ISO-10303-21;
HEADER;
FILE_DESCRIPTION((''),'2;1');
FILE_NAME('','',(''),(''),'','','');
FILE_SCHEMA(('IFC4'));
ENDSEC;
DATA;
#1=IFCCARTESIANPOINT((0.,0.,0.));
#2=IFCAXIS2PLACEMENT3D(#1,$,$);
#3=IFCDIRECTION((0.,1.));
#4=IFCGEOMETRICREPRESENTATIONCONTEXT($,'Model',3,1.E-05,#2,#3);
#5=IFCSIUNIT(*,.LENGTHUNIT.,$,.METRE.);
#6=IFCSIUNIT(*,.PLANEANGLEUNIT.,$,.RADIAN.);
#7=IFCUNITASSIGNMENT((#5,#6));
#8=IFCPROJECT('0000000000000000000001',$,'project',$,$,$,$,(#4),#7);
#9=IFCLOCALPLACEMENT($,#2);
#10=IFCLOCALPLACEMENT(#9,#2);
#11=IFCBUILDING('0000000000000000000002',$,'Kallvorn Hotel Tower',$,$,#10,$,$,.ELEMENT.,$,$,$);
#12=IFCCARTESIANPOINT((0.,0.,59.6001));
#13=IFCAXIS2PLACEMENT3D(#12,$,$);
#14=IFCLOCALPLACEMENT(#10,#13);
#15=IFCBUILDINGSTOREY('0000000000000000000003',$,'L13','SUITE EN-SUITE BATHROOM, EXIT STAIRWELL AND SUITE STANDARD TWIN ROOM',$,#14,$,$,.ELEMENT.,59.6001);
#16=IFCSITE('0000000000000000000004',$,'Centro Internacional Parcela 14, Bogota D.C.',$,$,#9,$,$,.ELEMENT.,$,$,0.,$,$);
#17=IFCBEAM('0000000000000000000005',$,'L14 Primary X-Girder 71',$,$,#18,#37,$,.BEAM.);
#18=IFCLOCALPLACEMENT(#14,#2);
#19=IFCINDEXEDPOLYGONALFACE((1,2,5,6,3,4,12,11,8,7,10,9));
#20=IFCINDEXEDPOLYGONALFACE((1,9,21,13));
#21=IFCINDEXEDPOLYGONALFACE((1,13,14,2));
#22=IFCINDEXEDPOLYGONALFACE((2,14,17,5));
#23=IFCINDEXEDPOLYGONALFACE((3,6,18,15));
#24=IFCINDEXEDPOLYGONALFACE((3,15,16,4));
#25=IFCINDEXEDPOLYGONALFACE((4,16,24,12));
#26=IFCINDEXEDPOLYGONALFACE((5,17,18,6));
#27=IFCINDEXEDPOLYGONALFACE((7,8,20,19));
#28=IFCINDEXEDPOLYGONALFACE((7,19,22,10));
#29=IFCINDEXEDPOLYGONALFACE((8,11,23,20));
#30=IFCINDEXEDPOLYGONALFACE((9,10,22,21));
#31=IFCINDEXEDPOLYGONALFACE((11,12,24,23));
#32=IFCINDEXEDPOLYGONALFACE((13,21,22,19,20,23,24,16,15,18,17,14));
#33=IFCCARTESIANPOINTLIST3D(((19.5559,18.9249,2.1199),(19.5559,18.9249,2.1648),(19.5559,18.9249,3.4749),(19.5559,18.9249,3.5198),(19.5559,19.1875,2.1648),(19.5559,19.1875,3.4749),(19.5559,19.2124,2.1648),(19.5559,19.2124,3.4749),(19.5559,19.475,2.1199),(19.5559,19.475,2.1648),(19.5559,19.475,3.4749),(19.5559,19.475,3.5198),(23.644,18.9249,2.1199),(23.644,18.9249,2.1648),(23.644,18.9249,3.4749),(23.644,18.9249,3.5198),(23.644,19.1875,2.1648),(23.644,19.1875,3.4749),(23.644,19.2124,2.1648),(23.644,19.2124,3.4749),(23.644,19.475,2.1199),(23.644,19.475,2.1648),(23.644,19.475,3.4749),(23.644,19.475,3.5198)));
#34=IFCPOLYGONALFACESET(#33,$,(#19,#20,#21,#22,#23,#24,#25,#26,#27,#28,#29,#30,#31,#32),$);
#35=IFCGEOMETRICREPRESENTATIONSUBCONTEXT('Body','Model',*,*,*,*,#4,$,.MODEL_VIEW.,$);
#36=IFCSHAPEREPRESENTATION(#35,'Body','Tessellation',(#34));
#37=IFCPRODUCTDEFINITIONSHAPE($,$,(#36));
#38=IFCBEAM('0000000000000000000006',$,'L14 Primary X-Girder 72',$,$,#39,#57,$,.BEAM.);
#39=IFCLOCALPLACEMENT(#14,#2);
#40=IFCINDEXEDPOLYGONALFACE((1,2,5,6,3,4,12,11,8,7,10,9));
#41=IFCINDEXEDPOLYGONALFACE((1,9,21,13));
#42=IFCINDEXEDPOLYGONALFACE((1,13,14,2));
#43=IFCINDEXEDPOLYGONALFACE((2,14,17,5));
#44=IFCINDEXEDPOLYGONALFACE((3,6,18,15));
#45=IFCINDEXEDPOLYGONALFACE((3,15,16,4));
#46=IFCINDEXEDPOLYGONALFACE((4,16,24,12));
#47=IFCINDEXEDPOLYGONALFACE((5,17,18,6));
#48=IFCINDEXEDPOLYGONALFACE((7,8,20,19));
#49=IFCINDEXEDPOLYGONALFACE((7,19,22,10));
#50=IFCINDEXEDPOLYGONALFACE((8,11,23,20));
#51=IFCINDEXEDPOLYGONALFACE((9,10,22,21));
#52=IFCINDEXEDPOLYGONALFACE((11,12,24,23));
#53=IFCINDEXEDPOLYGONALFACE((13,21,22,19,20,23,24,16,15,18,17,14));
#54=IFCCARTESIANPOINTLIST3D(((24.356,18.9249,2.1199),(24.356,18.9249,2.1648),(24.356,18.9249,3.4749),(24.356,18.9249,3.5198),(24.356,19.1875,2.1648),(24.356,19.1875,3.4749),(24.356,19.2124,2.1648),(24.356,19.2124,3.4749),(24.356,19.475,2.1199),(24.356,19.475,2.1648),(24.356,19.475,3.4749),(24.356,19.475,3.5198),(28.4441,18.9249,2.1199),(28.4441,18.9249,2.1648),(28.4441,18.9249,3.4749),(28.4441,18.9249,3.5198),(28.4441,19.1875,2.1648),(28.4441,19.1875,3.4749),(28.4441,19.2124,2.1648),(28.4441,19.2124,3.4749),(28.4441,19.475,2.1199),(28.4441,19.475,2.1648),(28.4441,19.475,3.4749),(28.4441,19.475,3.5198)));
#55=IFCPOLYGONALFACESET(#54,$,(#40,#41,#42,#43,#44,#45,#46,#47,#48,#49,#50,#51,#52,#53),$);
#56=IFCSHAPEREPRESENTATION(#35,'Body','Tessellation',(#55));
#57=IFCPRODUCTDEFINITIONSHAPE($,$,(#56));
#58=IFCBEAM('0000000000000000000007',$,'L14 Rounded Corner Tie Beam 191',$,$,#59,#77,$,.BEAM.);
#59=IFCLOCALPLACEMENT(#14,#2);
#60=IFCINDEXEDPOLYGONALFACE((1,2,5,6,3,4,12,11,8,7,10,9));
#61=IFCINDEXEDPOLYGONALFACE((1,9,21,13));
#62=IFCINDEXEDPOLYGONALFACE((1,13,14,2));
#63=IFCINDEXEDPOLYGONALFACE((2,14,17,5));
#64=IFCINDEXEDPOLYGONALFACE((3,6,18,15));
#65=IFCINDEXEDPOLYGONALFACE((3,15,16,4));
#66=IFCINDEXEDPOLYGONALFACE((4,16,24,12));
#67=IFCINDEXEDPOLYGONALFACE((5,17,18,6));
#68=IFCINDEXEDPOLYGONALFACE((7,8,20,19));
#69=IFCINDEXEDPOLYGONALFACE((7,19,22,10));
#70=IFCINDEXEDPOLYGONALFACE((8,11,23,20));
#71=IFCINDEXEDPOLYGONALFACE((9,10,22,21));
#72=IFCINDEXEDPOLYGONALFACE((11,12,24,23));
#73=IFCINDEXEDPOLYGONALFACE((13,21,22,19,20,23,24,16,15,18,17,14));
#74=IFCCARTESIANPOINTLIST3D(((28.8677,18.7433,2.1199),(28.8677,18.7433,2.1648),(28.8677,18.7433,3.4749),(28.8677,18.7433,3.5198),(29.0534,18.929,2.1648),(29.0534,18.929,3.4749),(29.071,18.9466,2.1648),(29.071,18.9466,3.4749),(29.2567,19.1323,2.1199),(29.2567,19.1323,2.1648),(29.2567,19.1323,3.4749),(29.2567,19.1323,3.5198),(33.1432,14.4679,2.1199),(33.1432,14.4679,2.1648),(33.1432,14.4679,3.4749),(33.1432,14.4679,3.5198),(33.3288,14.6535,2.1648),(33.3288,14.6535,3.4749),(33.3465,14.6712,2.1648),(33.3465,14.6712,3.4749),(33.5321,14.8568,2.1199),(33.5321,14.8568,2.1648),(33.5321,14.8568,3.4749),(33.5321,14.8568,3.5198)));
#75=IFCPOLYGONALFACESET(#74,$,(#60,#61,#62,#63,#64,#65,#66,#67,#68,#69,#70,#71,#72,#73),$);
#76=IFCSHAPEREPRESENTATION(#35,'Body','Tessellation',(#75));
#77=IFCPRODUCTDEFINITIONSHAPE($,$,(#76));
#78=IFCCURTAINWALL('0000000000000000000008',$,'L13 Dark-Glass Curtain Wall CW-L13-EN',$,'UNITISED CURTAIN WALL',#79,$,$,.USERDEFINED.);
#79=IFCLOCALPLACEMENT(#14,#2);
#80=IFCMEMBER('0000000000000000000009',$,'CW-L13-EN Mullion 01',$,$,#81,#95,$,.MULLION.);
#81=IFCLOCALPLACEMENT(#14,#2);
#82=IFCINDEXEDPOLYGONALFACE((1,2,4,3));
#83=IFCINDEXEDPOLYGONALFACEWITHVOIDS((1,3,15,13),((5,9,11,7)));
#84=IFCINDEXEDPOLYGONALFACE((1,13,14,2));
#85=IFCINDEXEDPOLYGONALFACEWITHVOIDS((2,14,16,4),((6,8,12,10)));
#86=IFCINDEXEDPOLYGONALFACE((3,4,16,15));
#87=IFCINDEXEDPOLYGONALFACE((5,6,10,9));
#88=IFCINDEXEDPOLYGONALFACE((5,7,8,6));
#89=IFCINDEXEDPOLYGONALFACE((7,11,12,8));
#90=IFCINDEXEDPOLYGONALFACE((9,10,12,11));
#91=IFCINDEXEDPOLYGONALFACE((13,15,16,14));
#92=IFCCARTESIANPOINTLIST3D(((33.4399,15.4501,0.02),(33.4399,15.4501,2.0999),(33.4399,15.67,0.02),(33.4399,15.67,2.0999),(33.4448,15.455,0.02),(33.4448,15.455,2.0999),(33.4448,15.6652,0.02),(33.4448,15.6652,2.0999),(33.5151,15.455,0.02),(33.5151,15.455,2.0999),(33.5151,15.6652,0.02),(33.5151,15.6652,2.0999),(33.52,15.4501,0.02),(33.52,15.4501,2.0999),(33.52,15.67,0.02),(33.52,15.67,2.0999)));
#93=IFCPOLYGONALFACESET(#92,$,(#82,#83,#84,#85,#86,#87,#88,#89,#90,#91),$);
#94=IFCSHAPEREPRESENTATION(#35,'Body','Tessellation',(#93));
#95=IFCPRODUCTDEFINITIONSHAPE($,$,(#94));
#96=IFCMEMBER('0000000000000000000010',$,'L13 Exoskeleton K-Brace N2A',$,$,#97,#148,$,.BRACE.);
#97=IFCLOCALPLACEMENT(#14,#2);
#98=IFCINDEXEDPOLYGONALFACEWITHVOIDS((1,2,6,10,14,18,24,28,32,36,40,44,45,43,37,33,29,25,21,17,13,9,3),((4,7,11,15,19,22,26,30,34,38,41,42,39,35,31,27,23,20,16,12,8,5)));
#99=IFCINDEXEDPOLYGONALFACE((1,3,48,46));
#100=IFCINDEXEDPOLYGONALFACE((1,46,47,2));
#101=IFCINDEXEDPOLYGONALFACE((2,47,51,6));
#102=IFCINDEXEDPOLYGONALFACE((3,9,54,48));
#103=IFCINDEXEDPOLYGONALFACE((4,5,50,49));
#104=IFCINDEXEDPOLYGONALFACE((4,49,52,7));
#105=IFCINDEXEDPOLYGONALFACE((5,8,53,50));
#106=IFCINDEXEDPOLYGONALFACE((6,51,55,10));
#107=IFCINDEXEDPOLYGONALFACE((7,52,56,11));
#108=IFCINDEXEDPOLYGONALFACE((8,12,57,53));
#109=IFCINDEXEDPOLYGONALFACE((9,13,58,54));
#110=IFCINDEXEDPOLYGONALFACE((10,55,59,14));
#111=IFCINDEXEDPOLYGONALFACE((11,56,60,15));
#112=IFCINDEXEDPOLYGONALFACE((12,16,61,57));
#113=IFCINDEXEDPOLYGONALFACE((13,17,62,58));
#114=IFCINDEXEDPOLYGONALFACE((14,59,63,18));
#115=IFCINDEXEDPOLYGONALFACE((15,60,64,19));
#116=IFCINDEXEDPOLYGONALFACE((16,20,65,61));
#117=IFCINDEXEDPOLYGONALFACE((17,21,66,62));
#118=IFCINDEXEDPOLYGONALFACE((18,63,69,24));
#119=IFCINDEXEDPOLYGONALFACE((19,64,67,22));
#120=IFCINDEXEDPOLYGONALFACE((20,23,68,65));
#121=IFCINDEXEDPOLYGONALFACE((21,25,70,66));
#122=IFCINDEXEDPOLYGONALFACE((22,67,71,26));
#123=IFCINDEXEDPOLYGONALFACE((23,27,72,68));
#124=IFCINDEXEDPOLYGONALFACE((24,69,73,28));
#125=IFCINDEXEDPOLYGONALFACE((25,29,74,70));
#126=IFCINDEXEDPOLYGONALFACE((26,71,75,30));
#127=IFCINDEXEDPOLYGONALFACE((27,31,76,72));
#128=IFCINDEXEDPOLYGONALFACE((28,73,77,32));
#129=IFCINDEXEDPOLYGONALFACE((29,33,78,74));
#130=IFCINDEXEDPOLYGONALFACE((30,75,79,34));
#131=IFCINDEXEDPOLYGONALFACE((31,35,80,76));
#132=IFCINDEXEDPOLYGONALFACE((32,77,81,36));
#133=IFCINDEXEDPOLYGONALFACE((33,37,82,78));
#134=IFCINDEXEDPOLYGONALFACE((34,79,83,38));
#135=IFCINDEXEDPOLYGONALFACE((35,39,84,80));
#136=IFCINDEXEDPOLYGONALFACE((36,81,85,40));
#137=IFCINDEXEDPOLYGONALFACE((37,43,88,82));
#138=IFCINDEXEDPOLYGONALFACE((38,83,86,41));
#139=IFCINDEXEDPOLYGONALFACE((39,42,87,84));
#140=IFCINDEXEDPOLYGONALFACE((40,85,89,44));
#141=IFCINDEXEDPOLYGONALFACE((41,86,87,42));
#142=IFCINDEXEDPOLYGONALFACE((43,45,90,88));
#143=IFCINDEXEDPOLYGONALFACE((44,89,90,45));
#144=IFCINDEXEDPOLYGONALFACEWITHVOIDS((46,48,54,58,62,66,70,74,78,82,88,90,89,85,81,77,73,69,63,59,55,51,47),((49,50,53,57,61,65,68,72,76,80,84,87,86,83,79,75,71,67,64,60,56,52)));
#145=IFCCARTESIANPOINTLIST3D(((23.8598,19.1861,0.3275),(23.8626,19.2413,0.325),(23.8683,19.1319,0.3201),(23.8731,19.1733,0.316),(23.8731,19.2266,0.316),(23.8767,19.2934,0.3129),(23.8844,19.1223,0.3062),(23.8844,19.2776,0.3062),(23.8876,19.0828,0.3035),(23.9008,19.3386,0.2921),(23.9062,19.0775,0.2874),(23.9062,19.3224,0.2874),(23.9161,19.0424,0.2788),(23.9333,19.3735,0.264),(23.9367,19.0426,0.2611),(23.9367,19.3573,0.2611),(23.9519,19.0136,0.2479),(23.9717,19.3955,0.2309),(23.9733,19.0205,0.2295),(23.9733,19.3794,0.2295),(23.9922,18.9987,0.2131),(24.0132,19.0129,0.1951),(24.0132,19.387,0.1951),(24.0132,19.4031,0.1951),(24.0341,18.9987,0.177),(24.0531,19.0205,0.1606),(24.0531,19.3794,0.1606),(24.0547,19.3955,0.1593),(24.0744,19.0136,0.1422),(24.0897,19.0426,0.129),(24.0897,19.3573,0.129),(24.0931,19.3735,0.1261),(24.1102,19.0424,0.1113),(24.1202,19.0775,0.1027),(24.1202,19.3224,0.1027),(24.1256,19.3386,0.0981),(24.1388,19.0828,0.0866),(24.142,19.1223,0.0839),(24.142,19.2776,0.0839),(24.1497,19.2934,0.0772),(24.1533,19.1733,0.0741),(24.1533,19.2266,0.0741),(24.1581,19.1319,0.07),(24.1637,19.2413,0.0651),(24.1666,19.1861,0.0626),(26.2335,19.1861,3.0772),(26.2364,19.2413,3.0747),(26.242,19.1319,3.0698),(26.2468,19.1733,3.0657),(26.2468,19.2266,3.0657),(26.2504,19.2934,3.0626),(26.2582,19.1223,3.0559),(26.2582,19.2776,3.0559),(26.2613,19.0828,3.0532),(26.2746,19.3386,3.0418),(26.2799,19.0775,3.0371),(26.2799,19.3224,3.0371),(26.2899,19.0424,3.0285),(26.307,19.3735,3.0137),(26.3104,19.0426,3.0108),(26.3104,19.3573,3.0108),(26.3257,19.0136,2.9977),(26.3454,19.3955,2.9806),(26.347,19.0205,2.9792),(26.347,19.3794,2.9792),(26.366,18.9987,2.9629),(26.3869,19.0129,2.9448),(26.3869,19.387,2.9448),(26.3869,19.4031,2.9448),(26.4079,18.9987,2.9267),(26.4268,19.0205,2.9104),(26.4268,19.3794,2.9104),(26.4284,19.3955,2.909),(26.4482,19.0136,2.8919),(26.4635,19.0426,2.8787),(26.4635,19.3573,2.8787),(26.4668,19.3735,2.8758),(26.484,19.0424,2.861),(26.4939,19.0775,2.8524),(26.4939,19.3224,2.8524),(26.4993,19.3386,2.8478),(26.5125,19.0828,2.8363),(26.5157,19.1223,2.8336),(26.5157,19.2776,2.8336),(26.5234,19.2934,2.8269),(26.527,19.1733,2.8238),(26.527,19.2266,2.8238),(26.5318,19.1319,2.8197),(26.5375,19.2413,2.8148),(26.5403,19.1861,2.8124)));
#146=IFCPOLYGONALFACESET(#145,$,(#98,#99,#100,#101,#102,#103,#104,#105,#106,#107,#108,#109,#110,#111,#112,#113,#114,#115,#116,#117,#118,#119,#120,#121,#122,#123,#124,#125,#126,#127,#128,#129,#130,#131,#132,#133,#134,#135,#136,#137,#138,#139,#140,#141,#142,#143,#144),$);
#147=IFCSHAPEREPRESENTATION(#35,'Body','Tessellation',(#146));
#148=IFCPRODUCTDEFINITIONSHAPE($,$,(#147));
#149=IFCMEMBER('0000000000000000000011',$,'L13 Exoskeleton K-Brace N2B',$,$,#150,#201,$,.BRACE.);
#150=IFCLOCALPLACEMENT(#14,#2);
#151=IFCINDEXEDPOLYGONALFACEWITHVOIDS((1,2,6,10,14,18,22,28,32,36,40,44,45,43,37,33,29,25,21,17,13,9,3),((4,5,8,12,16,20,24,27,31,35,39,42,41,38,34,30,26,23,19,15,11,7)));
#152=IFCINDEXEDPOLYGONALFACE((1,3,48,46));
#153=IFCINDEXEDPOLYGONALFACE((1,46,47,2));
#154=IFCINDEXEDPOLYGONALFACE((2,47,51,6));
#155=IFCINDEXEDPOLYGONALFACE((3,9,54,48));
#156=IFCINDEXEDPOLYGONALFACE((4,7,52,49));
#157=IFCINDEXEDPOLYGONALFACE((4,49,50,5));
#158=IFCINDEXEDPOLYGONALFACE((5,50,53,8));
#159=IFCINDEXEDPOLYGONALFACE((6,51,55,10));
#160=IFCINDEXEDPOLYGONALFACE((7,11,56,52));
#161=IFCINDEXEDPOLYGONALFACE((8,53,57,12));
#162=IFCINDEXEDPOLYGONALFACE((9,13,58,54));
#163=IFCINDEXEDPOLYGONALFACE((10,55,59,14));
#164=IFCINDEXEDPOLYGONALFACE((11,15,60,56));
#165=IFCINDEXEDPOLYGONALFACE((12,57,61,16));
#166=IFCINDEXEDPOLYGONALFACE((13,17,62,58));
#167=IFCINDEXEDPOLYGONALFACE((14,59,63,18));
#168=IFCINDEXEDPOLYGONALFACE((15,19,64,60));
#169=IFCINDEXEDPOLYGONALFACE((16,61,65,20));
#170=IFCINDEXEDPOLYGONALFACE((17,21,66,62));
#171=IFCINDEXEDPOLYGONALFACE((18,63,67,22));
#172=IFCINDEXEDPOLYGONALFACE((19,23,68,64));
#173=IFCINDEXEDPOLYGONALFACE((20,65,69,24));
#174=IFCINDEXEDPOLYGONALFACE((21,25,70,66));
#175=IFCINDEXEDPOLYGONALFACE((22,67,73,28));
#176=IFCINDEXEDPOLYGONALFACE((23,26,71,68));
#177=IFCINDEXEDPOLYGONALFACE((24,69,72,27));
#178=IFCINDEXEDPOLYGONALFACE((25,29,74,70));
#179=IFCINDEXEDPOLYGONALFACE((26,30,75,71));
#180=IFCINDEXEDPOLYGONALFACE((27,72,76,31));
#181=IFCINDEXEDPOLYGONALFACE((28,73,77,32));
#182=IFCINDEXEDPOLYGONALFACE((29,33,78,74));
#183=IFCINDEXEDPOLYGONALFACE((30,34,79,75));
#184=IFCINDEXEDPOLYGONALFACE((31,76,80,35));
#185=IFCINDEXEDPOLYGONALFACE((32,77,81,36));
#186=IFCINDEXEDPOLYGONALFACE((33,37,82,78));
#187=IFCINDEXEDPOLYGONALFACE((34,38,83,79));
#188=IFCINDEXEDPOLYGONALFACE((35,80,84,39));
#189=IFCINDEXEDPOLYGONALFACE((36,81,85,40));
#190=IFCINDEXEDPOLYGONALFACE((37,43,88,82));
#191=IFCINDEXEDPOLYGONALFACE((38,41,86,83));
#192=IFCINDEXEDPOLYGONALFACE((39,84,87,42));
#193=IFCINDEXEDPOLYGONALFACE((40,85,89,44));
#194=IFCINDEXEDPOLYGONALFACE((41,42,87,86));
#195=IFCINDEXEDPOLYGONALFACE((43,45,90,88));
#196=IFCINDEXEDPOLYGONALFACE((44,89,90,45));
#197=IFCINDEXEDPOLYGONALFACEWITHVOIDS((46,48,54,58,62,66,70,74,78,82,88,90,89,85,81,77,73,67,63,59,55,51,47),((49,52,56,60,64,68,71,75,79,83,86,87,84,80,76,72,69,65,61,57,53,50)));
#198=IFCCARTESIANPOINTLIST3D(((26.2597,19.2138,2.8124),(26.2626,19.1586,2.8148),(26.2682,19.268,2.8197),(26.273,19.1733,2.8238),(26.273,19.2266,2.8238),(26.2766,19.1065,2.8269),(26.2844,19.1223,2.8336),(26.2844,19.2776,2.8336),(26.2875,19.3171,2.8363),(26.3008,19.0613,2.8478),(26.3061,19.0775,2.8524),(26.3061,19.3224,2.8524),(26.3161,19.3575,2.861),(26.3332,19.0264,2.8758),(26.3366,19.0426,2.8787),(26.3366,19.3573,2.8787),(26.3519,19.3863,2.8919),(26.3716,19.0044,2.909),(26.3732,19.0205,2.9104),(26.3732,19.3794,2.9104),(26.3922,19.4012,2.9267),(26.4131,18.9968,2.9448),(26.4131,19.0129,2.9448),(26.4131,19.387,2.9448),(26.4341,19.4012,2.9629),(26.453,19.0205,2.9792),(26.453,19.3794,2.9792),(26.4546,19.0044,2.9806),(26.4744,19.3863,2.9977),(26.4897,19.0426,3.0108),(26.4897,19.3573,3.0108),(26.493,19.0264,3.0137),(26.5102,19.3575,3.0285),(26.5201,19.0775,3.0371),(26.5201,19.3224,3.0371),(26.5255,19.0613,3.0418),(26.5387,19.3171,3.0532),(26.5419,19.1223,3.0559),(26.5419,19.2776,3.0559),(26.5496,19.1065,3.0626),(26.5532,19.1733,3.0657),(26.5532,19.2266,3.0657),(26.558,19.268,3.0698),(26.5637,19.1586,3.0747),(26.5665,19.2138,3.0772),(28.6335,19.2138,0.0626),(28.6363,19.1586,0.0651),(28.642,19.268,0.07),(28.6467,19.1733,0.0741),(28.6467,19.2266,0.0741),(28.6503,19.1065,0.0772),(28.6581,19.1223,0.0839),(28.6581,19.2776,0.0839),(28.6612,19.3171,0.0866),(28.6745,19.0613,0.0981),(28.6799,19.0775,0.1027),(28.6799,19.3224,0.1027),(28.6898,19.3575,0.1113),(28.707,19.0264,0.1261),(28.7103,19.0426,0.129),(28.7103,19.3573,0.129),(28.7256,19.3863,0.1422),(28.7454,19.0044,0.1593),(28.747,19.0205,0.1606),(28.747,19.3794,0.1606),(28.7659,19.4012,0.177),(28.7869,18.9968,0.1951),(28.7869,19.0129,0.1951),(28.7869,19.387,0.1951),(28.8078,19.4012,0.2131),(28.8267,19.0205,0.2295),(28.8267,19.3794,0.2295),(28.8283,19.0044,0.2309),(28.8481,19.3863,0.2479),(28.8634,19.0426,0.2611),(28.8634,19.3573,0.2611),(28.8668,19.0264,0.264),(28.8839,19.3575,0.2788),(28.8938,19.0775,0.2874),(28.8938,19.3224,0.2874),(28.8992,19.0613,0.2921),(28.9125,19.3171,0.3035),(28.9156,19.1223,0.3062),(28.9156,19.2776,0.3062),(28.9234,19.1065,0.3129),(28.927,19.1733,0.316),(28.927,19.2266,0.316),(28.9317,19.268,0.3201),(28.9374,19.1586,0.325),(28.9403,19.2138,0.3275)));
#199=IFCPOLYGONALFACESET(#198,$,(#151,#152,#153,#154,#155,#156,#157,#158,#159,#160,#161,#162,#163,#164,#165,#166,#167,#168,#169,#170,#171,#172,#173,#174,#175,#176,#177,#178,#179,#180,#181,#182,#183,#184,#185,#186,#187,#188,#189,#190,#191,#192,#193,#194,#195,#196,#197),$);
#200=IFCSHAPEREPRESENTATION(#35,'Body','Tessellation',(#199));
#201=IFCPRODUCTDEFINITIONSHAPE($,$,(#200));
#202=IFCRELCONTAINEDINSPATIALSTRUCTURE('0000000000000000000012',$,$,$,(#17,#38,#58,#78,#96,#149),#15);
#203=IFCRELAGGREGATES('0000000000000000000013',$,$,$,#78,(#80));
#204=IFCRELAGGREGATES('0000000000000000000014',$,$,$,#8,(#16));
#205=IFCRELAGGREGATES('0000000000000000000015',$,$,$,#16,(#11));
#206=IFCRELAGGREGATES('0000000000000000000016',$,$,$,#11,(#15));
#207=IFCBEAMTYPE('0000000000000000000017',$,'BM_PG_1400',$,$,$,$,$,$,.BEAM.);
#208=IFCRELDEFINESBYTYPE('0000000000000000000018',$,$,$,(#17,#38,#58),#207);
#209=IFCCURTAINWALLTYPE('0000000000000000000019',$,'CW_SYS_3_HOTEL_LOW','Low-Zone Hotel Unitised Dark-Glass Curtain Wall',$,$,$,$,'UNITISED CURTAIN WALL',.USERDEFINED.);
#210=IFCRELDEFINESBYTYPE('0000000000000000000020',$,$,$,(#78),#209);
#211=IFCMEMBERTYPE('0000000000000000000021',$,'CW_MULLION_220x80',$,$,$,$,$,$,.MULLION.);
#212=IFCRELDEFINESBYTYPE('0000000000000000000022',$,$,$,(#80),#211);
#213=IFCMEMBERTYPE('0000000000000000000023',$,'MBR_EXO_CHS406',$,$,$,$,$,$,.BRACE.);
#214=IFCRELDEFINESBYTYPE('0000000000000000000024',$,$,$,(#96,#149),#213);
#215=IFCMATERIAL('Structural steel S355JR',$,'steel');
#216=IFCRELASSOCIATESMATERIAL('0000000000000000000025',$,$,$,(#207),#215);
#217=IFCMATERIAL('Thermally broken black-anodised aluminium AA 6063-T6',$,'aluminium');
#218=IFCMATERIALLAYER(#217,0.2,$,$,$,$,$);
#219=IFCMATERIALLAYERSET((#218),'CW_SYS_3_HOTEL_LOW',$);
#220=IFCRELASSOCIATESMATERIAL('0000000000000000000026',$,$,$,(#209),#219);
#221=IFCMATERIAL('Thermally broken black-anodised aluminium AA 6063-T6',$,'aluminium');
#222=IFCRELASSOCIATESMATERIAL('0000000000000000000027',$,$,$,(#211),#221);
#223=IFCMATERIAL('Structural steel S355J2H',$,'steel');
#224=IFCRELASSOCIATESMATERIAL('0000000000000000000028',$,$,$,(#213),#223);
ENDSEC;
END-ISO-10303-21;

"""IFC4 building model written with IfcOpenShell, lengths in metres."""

from ifc_helpers import new_model, si_unit, direction, frame, origin, origin_2d, place, context, subcontext, project, spatial, hollow_rectangle, hollow_circle, i_section, extrude, material, layer, layer_set, material_profile, profile_set, type_object, element, aggregate, save


model = new_model("IFC4")

# Units and contexts
model_context = context("Model", 3, precision=1e-05, world=origin(), true_north=direction((0.0, 1.0)))
body_context = subcontext(model_context, "Body", "Model", "MODEL_VIEW")
ifc_project = project(units=[si_unit("LENGTHUNIT", "METRE"), si_unit("PLANEANGLEUNIT", "RADIAN")], contexts=[model_context])

# Site, building, storey
site_placement = place(None, origin())
site = spatial("IfcSite", under=ifc_project, at=site_placement, Name="Centro Internacional Parcela 14, Bogota D.C.", CompositionType="ELEMENT", RefElevation=0.0)
building_placement = place(site_placement, origin())
building = spatial("IfcBuilding", under=site, at=building_placement, Name="Kallvorn Hotel Tower", CompositionType="ELEMENT")
storey_placement = place(building_placement, frame((0.0, 0.0, 59.6001)))
storey = spatial("IfcBuildingStorey", under=building, at=storey_placement, Name="L13", Description="SUITE EN-SUITE BATHROOM, EXIT STAIRWELL AND SUITE STANDARD TWIN ROOM", CompositionType="ELEMENT", Elevation=59.6001)

# Beams
ifc_material_1 = material(Name="Structural steel S355JR", Category="steel")
ifc_material_profile_1 = material_profile(ifc_material_1, i_section(OverallWidth=0.55, OverallDepth=1.3999, WebThickness=0.0249, FlangeThickness=0.0449, at=origin_2d()), Name="PG 1400x550x25x45")
ifc_profile_set_1 = profile_set([ifc_material_profile_1], Name="Structural steel S355JR")
beam_type_1 = type_object("IfcBeamType", Name="BM_PG_1400", PredefinedType="BEAM", material=ifc_profile_set_1)
for number, where, z_axis, x_axis, name in (
    (1, (19.5559, 19.2, 2.8198), (1.0, 0.0, 0.0), (0.0, 1.0, 0.0), "L14 Primary X-Girder 71"),
    (2, (24.356, 19.2, 2.8198), (1.0, 0.0, 0.0), (0.0, 1.0, 0.0), "L14 Primary X-Girder 72"),
):
    element("IfcBeam", number, at=place(storey_placement, frame(where, z_axis=z_axis, x_axis=x_axis)), inside=storey, type_object=beam_type_1, Name=name, PredefinedType="BEAM", context=body_context, shape_type="SweptSolid", body=[
        extrude(i_section(OverallWidth=0.55, OverallDepth=1.3999, WebThickness=0.0249, FlangeThickness=0.0449, at=origin_2d()), origin(), (0.0, 0.0, 1.0), 4.0881),
    ])
beam_1_placement = place(storey_placement, frame((33.3376, 14.6624, 2.8198), z_axis=(-0.707107, 0.707107, 0.0), x_axis=(-0.707107, -0.707107, 0.0)))
element("IfcBeam", 3, at=beam_1_placement, inside=storey, type_object=beam_type_1, Name="L14 Rounded Corner Tie Beam 191", PredefinedType="BEAM", context=body_context, shape_type="SweptSolid", body=[
    extrude(i_section(OverallWidth=0.55, OverallDepth=1.3999, WebThickness=0.0249, FlangeThickness=0.0449, at=origin_2d()), origin(), (0.0, 0.0, 1.0), 6.0464),
])

# Curtain wall, member
ifc_material_2 = material(Name="Thermally broken black-anodised aluminium AA 6063-T6", Category="aluminium")
ifc_layer_1 = layer(ifc_material_2, 0.2)
ifc_layer_set_1 = layer_set([ifc_layer_1], Name="CW_SYS_3_HOTEL_LOW")
curtain_wall_type = type_object("IfcCurtainWallType", Name="CW_SYS_3_HOTEL_LOW", Description="Low-Zone Hotel Unitised Dark-Glass Curtain Wall", ElementType="UNITISED CURTAIN WALL", PredefinedType="USERDEFINED", material=ifc_layer_set_1)
curtain_wall_placement = place(storey_placement, origin())
curtain_wall = element("IfcCurtainWall", 4, at=curtain_wall_placement, inside=storey, type_object=curtain_wall_type, Name="L13 Dark-Glass Curtain Wall CW-L13-EN", ObjectType="UNITISED CURTAIN WALL", PredefinedType="USERDEFINED")
ifc_material_3 = material(Name="Thermally broken black-anodised aluminium AA 6063-T6", Category="aluminium")
ifc_material_profile_2 = material_profile(ifc_material_3, hollow_rectangle(XDim=0.0801, YDim=0.22, WallThickness=0.0049, at=origin_2d()), Name="MUL 220x80")
ifc_profile_set_2 = profile_set([ifc_material_profile_2], Name="Thermally broken black-anodised aluminium AA 6063-T6")
member_type_1 = type_object("IfcMemberType", Name="CW_MULLION_220x80", PredefinedType="MULLION", material=ifc_profile_set_2)
member_placement = place(storey_placement, frame((33.48, 15.5601, 0.02), z_axis=(0.0, 0.0, 1.0), x_axis=(1.0, 0.0, 0.0)))
member = element("IfcMember", 5, at=member_placement, type_object=member_type_1, Name="CW-L13-EN Mullion 01", PredefinedType="MULLION", context=body_context, shape_type="SweptSolid", body=[
    extrude(hollow_rectangle(XDim=0.0801, YDim=0.22, WallThickness=0.0049, at=origin_2d()), origin(), (0.0, 0.0, 1.0), 2.0798),
])
aggregate(curtain_wall, [member])

# Members
ifc_material_4 = material(Name="Structural steel S355J2H", Category="steel")
ifc_material_profile_3 = material_profile(ifc_material_4, hollow_circle(Radius=0.2031, WallThickness=0.0161, at=origin_2d()), Name="CHS 406.4x16")
ifc_profile_set_3 = profile_set([ifc_material_profile_3], Name="Structural steel S355J2H")
member_type_2 = type_object("IfcMemberType", Name="MBR_EXO_CHS406", PredefinedType="BRACE", material=ifc_profile_set_3)
for number, where, z_axis, x_axis, name in (
    (6, (24.0132, 19.2, 0.1951), (0.653461, 0.0, 0.756961), (0.0, 1.0, 0.0), "L13 Exoskeleton K-Brace N2A"),
    (7, (28.7869, 19.2, 0.1951), (-0.653461, 0.0, 0.756961), (0.0, -1.0, 0.0), "L13 Exoskeleton K-Brace N2B"),
):
    element("IfcMember", number, at=place(storey_placement, frame(where, z_axis=z_axis, x_axis=x_axis)), inside=storey, type_object=member_type_2, Name=name, PredefinedType="BRACE", context=body_context, shape_type="SweptSolid", body=[
        extrude(hollow_circle(Radius=0.2031, WallThickness=0.0161, at=origin_2d()), origin(), (0.0, 0.0, 1.0), 3.6326),
    ])

save(model, "model.ifc")
